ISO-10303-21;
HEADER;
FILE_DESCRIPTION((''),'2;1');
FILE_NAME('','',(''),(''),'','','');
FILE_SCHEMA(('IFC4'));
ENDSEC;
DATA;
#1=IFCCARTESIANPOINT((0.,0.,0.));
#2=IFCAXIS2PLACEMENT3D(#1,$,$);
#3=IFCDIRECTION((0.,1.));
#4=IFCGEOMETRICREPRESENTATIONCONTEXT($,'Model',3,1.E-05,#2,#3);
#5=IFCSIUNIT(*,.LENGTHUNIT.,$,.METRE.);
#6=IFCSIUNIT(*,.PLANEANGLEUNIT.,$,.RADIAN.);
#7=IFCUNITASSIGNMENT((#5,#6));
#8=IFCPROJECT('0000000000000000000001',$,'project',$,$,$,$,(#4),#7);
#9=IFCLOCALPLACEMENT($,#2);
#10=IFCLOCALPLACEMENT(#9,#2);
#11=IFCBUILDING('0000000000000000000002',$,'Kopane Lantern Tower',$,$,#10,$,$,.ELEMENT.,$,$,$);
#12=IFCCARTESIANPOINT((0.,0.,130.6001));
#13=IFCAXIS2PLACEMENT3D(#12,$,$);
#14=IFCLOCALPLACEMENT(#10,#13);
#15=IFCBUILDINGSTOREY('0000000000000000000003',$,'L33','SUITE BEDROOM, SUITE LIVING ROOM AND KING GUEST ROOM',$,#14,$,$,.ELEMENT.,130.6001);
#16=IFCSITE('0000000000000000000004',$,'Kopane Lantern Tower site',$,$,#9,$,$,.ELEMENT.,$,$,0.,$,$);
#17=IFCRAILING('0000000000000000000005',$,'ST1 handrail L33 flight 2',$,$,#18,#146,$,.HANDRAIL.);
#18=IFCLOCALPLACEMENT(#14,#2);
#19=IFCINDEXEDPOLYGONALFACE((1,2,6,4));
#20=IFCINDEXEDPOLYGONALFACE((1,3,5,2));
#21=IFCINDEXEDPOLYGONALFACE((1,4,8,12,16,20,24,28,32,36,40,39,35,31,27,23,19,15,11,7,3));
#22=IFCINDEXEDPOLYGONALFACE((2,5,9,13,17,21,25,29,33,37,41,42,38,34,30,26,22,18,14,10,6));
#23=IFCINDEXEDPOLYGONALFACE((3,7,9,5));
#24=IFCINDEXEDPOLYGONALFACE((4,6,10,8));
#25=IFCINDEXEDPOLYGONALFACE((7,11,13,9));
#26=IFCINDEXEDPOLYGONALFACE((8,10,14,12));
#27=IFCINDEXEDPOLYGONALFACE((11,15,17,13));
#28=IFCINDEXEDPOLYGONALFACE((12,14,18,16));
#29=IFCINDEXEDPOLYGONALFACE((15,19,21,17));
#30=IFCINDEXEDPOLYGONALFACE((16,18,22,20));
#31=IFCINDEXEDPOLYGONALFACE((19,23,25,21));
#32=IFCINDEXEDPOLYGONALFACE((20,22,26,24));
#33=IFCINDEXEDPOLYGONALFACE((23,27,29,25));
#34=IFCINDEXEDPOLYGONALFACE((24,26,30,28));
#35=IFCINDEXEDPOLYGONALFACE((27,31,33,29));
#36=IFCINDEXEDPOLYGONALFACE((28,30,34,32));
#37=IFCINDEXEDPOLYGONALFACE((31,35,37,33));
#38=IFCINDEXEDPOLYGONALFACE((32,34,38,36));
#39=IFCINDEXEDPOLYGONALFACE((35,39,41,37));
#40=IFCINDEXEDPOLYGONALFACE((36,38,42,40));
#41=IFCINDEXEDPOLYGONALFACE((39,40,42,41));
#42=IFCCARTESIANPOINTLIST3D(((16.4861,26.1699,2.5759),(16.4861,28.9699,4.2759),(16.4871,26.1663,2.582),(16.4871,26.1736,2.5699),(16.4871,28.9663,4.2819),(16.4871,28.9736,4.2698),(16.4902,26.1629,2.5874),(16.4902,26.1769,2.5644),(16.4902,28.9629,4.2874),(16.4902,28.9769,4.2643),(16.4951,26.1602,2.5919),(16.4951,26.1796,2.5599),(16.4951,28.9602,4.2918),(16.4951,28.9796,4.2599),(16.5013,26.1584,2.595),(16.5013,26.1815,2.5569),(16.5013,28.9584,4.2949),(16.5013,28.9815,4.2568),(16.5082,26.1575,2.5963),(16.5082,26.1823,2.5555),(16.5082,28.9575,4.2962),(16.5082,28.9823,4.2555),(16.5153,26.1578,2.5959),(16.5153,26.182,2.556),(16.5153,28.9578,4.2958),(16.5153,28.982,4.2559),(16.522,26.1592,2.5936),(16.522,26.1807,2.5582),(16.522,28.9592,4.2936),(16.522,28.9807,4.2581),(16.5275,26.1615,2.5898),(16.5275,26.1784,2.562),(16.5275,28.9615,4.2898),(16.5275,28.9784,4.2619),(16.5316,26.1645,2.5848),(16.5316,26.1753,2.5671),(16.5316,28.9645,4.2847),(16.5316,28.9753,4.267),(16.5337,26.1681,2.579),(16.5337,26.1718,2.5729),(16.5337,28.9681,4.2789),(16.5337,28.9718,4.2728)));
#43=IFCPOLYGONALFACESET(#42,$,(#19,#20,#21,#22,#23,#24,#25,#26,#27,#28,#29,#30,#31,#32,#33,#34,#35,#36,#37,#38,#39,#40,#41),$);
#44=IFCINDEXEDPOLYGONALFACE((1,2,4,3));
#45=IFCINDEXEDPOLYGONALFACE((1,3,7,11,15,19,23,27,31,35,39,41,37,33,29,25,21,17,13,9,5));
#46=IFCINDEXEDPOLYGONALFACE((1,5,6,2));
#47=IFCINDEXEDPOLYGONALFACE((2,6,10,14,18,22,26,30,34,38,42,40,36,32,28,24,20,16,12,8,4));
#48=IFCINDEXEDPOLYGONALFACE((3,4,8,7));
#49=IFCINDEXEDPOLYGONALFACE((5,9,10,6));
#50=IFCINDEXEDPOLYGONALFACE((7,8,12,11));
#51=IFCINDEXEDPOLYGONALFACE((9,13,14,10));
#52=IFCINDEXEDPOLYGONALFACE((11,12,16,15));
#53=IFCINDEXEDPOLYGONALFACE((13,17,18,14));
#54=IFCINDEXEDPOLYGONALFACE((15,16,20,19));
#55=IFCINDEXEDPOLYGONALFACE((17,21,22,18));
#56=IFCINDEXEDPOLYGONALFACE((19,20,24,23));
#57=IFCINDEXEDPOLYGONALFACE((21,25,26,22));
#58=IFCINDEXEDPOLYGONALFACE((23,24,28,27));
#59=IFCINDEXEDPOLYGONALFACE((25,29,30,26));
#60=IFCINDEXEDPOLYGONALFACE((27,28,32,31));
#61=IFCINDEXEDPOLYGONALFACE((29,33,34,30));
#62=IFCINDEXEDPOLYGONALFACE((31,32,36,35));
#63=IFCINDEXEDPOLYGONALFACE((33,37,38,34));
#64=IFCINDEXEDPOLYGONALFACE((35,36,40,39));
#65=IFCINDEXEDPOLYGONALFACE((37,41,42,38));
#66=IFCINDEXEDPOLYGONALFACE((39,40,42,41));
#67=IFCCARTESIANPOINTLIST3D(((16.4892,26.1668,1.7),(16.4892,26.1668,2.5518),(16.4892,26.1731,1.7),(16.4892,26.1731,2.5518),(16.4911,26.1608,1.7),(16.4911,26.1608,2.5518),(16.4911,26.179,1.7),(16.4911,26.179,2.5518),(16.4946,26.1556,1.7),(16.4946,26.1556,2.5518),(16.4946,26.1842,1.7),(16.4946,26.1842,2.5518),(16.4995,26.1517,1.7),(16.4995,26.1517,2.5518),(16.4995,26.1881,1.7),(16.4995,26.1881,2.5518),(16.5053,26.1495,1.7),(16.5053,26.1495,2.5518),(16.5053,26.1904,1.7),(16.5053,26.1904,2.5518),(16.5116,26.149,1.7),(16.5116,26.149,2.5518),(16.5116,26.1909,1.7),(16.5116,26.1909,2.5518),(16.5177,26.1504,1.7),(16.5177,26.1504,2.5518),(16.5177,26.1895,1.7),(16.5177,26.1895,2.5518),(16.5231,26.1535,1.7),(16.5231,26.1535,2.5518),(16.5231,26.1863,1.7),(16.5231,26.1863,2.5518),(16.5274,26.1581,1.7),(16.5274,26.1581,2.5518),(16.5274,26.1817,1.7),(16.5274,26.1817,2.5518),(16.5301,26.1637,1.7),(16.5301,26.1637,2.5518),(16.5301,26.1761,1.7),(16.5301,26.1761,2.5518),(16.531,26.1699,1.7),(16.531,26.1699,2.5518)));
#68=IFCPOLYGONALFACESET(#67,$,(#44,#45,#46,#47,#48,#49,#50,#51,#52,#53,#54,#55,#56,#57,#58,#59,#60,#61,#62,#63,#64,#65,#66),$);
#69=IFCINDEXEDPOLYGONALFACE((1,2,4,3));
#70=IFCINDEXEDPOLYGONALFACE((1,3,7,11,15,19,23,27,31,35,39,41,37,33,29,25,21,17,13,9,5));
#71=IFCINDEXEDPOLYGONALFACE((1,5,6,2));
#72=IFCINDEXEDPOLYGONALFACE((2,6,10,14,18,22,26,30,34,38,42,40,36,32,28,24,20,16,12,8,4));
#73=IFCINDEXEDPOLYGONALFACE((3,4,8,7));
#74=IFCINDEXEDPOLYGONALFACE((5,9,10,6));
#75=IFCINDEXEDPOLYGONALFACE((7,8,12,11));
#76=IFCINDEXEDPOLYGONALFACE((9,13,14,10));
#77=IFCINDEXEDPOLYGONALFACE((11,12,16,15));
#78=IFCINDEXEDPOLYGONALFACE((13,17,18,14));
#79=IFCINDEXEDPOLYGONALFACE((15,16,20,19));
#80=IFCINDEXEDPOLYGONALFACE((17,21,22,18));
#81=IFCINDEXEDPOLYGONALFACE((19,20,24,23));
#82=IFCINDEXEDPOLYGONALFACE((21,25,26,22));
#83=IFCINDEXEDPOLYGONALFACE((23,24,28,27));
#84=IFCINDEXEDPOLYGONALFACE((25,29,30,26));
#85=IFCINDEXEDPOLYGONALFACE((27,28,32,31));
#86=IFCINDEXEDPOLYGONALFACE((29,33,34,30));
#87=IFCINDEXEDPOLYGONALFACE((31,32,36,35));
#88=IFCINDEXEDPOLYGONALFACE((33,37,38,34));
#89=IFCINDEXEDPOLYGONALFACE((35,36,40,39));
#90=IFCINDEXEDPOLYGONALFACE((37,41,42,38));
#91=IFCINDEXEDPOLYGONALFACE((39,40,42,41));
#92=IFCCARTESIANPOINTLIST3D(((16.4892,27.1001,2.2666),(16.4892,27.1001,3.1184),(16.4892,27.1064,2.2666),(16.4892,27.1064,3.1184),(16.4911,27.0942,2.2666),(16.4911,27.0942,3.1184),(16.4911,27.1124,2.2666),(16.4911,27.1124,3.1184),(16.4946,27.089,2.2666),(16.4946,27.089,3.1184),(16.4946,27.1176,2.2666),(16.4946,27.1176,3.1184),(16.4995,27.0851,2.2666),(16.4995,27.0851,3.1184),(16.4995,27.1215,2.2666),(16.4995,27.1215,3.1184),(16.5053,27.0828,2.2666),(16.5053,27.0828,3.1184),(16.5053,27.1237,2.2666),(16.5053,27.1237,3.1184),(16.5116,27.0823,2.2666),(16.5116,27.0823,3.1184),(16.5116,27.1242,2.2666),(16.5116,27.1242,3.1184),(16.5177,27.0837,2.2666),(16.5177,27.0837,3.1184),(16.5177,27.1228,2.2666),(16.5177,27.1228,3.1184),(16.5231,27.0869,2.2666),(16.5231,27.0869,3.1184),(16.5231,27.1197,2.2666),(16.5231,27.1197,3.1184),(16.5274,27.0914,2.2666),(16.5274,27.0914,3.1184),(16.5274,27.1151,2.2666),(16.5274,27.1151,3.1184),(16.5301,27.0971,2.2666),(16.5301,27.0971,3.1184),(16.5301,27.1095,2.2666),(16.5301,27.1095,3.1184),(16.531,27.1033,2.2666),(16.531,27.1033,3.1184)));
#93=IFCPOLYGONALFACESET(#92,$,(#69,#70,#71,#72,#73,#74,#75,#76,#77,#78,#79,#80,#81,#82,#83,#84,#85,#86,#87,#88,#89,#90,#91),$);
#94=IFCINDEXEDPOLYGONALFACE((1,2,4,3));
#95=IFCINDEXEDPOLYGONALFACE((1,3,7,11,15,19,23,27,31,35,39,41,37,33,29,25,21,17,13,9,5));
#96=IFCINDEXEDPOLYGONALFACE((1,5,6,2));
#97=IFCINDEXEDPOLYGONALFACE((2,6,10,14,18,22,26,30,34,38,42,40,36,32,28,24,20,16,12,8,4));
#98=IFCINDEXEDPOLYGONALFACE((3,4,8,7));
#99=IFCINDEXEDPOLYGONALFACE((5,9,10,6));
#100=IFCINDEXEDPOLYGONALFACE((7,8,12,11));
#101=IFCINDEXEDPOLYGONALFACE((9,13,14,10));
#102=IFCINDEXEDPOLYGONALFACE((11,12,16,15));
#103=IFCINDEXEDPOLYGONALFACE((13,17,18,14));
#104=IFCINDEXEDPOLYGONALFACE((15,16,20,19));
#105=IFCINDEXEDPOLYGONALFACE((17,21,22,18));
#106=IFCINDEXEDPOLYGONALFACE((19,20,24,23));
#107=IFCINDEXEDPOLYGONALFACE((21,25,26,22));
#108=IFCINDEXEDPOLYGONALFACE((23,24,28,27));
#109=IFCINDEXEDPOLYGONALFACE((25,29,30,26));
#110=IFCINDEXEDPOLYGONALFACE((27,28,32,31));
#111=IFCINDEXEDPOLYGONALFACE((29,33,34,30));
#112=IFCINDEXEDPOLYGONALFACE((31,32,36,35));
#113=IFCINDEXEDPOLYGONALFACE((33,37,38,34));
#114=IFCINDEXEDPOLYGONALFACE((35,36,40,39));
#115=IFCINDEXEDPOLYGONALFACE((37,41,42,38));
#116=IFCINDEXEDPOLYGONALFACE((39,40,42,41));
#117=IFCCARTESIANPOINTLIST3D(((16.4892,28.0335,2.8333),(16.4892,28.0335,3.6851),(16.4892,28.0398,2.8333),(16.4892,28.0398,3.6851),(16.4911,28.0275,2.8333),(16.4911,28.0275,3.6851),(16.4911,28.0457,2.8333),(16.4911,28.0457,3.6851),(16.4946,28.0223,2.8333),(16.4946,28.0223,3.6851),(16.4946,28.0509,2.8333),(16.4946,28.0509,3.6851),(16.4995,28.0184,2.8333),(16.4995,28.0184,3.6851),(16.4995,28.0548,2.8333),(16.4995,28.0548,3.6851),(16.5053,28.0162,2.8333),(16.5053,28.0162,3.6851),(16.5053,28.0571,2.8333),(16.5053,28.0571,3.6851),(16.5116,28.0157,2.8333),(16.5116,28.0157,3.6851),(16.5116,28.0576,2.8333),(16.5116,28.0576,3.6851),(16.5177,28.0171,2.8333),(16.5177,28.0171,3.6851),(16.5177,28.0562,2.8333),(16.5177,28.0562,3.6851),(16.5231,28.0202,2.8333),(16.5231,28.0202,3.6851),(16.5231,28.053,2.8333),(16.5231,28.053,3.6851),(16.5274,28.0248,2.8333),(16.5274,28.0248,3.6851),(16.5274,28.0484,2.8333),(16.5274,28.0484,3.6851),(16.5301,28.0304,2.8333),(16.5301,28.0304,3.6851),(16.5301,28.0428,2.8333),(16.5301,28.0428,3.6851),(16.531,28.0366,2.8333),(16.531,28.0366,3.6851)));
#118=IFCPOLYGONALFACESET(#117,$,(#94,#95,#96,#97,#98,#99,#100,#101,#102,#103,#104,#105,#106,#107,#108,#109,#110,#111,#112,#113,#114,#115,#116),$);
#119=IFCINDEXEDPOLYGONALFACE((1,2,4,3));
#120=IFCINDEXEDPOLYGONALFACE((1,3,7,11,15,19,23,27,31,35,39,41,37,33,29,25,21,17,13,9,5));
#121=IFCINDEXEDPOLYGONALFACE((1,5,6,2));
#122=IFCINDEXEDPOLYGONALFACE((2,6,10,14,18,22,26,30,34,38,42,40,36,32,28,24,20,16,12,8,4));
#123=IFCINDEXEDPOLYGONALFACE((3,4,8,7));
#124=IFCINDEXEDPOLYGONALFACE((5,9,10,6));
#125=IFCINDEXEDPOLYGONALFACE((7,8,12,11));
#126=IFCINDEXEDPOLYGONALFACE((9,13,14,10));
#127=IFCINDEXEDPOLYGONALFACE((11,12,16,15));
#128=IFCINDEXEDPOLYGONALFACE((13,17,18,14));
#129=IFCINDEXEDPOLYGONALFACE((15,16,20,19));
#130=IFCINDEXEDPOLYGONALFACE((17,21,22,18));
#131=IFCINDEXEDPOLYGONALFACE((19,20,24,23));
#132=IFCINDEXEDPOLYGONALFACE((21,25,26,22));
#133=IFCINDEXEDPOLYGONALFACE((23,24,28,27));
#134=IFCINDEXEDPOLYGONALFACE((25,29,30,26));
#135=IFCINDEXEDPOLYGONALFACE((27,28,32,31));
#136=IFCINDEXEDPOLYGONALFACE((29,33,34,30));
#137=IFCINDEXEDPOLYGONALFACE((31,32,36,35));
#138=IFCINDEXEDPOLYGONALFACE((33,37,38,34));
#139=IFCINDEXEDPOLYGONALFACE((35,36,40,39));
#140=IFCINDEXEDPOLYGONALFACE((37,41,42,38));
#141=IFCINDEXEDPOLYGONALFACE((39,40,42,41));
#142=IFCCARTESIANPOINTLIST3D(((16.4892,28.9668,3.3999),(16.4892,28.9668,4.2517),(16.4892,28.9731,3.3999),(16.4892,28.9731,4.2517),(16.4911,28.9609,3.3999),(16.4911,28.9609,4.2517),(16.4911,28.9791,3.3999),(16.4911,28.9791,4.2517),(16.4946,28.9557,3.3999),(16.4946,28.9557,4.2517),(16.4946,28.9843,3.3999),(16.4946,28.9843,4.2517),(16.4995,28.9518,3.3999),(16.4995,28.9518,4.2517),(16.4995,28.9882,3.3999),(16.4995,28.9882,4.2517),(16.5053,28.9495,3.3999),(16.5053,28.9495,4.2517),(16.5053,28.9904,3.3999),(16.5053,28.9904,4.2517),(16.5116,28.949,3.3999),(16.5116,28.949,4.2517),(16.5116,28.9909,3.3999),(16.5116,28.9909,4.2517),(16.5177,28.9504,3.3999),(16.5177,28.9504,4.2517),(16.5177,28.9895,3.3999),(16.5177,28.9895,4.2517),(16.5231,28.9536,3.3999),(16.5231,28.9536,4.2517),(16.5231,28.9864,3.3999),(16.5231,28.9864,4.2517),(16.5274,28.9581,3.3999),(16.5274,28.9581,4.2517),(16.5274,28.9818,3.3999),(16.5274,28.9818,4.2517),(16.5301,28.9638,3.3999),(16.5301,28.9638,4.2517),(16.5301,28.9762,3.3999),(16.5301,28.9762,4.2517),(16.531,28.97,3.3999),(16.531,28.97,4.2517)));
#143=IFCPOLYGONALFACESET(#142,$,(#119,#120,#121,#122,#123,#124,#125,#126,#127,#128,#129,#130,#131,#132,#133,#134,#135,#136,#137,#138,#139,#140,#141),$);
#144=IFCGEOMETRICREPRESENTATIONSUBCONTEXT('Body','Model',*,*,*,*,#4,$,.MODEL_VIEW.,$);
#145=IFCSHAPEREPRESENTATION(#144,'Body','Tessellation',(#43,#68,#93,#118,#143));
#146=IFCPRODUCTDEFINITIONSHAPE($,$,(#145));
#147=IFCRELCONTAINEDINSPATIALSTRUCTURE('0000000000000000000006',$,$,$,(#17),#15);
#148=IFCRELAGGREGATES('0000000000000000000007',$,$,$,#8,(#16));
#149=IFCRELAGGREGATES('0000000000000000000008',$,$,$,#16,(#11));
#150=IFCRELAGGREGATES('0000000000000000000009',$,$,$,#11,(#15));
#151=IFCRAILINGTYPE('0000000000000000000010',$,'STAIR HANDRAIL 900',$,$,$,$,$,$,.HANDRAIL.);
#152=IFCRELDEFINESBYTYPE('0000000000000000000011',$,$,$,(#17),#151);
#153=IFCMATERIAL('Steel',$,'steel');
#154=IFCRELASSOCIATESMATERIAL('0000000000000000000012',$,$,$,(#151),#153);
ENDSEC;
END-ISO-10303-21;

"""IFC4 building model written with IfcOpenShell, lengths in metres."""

from ifc_helpers import new_model, si_unit, direction, frame, origin, origin_2d, place, context, subcontext, project, spatial, circle, extrude, material, type_object, element, save


model = new_model("IFC4")

# Units and contexts
model_context = context("Model", 3, precision=1e-05, world=origin(), true_north=direction((0.0, 1.0)))
body_context = subcontext(model_context, "Body", "Model", "MODEL_VIEW")
ifc_project = project(units=[si_unit("LENGTHUNIT", "METRE"), si_unit("PLANEANGLEUNIT", "RADIAN")], contexts=[model_context])

# Site, building, storey
site_placement = place(None, origin())
site = spatial("IfcSite", under=ifc_project, at=site_placement, Name="Kopane Lantern Tower site", CompositionType="ELEMENT", RefElevation=0.0)
building_placement = place(site_placement, origin())
building = spatial("IfcBuilding", under=site, at=building_placement, Name="Kopane Lantern Tower", CompositionType="ELEMENT")
storey_placement = place(building_placement, frame((0.0, 0.0, 130.6001)))
storey = spatial("IfcBuildingStorey", under=building, at=storey_placement, Name="L33", Description="SUITE BEDROOM, SUITE LIVING ROOM AND KING GUEST ROOM", CompositionType="ELEMENT", Elevation=130.6001)

# Railing
ifc_material_1 = material(Name="Steel", Category="steel")
railing_type_1 = type_object("IfcRailingType", Name="STAIR HANDRAIL 900", PredefinedType="HANDRAIL", material=ifc_material_1)
for number, where, name in (
    (1, (16.51, 26.1699, 1.7), "ST1 handrail L33 flight 2"),
):
    element("IfcRailing", number, at=place(storey_placement, frame(where)), inside=storey, type_object=railing_type_1, Name=name, PredefinedType="HANDRAIL", context=body_context, shape_type="SweptSolid", body=[
        extrude(circle(Radius=0.0239, at=origin_2d()), frame((0.0, 0.0, 0.876), z_axis=(0.0, 0.854798, 0.518961), x_axis=(-1.0, 0.0, 0.0)), (0.0, 0.0, 1.0), 3.2756),
        extrude(circle(Radius=0.021, at=origin_2d()), origin(), (0.0, 0.0, 1.0), 0.8518),
        extrude(circle(Radius=0.021, at=origin_2d()), frame((0.0, 0.9333, 0.5667)), (0.0, 0.0, 1.0), 0.8518),
        extrude(circle(Radius=0.021, at=origin_2d()), frame((0.0, 1.8667, 1.1333)), (0.0, 0.0, 1.0), 0.8518),
        extrude(circle(Radius=0.021, at=origin_2d()), frame((0.0, 2.8, 1.7)), (0.0, 0.0, 1.0), 0.8518),
    ])

save(model, "model.ifc")
